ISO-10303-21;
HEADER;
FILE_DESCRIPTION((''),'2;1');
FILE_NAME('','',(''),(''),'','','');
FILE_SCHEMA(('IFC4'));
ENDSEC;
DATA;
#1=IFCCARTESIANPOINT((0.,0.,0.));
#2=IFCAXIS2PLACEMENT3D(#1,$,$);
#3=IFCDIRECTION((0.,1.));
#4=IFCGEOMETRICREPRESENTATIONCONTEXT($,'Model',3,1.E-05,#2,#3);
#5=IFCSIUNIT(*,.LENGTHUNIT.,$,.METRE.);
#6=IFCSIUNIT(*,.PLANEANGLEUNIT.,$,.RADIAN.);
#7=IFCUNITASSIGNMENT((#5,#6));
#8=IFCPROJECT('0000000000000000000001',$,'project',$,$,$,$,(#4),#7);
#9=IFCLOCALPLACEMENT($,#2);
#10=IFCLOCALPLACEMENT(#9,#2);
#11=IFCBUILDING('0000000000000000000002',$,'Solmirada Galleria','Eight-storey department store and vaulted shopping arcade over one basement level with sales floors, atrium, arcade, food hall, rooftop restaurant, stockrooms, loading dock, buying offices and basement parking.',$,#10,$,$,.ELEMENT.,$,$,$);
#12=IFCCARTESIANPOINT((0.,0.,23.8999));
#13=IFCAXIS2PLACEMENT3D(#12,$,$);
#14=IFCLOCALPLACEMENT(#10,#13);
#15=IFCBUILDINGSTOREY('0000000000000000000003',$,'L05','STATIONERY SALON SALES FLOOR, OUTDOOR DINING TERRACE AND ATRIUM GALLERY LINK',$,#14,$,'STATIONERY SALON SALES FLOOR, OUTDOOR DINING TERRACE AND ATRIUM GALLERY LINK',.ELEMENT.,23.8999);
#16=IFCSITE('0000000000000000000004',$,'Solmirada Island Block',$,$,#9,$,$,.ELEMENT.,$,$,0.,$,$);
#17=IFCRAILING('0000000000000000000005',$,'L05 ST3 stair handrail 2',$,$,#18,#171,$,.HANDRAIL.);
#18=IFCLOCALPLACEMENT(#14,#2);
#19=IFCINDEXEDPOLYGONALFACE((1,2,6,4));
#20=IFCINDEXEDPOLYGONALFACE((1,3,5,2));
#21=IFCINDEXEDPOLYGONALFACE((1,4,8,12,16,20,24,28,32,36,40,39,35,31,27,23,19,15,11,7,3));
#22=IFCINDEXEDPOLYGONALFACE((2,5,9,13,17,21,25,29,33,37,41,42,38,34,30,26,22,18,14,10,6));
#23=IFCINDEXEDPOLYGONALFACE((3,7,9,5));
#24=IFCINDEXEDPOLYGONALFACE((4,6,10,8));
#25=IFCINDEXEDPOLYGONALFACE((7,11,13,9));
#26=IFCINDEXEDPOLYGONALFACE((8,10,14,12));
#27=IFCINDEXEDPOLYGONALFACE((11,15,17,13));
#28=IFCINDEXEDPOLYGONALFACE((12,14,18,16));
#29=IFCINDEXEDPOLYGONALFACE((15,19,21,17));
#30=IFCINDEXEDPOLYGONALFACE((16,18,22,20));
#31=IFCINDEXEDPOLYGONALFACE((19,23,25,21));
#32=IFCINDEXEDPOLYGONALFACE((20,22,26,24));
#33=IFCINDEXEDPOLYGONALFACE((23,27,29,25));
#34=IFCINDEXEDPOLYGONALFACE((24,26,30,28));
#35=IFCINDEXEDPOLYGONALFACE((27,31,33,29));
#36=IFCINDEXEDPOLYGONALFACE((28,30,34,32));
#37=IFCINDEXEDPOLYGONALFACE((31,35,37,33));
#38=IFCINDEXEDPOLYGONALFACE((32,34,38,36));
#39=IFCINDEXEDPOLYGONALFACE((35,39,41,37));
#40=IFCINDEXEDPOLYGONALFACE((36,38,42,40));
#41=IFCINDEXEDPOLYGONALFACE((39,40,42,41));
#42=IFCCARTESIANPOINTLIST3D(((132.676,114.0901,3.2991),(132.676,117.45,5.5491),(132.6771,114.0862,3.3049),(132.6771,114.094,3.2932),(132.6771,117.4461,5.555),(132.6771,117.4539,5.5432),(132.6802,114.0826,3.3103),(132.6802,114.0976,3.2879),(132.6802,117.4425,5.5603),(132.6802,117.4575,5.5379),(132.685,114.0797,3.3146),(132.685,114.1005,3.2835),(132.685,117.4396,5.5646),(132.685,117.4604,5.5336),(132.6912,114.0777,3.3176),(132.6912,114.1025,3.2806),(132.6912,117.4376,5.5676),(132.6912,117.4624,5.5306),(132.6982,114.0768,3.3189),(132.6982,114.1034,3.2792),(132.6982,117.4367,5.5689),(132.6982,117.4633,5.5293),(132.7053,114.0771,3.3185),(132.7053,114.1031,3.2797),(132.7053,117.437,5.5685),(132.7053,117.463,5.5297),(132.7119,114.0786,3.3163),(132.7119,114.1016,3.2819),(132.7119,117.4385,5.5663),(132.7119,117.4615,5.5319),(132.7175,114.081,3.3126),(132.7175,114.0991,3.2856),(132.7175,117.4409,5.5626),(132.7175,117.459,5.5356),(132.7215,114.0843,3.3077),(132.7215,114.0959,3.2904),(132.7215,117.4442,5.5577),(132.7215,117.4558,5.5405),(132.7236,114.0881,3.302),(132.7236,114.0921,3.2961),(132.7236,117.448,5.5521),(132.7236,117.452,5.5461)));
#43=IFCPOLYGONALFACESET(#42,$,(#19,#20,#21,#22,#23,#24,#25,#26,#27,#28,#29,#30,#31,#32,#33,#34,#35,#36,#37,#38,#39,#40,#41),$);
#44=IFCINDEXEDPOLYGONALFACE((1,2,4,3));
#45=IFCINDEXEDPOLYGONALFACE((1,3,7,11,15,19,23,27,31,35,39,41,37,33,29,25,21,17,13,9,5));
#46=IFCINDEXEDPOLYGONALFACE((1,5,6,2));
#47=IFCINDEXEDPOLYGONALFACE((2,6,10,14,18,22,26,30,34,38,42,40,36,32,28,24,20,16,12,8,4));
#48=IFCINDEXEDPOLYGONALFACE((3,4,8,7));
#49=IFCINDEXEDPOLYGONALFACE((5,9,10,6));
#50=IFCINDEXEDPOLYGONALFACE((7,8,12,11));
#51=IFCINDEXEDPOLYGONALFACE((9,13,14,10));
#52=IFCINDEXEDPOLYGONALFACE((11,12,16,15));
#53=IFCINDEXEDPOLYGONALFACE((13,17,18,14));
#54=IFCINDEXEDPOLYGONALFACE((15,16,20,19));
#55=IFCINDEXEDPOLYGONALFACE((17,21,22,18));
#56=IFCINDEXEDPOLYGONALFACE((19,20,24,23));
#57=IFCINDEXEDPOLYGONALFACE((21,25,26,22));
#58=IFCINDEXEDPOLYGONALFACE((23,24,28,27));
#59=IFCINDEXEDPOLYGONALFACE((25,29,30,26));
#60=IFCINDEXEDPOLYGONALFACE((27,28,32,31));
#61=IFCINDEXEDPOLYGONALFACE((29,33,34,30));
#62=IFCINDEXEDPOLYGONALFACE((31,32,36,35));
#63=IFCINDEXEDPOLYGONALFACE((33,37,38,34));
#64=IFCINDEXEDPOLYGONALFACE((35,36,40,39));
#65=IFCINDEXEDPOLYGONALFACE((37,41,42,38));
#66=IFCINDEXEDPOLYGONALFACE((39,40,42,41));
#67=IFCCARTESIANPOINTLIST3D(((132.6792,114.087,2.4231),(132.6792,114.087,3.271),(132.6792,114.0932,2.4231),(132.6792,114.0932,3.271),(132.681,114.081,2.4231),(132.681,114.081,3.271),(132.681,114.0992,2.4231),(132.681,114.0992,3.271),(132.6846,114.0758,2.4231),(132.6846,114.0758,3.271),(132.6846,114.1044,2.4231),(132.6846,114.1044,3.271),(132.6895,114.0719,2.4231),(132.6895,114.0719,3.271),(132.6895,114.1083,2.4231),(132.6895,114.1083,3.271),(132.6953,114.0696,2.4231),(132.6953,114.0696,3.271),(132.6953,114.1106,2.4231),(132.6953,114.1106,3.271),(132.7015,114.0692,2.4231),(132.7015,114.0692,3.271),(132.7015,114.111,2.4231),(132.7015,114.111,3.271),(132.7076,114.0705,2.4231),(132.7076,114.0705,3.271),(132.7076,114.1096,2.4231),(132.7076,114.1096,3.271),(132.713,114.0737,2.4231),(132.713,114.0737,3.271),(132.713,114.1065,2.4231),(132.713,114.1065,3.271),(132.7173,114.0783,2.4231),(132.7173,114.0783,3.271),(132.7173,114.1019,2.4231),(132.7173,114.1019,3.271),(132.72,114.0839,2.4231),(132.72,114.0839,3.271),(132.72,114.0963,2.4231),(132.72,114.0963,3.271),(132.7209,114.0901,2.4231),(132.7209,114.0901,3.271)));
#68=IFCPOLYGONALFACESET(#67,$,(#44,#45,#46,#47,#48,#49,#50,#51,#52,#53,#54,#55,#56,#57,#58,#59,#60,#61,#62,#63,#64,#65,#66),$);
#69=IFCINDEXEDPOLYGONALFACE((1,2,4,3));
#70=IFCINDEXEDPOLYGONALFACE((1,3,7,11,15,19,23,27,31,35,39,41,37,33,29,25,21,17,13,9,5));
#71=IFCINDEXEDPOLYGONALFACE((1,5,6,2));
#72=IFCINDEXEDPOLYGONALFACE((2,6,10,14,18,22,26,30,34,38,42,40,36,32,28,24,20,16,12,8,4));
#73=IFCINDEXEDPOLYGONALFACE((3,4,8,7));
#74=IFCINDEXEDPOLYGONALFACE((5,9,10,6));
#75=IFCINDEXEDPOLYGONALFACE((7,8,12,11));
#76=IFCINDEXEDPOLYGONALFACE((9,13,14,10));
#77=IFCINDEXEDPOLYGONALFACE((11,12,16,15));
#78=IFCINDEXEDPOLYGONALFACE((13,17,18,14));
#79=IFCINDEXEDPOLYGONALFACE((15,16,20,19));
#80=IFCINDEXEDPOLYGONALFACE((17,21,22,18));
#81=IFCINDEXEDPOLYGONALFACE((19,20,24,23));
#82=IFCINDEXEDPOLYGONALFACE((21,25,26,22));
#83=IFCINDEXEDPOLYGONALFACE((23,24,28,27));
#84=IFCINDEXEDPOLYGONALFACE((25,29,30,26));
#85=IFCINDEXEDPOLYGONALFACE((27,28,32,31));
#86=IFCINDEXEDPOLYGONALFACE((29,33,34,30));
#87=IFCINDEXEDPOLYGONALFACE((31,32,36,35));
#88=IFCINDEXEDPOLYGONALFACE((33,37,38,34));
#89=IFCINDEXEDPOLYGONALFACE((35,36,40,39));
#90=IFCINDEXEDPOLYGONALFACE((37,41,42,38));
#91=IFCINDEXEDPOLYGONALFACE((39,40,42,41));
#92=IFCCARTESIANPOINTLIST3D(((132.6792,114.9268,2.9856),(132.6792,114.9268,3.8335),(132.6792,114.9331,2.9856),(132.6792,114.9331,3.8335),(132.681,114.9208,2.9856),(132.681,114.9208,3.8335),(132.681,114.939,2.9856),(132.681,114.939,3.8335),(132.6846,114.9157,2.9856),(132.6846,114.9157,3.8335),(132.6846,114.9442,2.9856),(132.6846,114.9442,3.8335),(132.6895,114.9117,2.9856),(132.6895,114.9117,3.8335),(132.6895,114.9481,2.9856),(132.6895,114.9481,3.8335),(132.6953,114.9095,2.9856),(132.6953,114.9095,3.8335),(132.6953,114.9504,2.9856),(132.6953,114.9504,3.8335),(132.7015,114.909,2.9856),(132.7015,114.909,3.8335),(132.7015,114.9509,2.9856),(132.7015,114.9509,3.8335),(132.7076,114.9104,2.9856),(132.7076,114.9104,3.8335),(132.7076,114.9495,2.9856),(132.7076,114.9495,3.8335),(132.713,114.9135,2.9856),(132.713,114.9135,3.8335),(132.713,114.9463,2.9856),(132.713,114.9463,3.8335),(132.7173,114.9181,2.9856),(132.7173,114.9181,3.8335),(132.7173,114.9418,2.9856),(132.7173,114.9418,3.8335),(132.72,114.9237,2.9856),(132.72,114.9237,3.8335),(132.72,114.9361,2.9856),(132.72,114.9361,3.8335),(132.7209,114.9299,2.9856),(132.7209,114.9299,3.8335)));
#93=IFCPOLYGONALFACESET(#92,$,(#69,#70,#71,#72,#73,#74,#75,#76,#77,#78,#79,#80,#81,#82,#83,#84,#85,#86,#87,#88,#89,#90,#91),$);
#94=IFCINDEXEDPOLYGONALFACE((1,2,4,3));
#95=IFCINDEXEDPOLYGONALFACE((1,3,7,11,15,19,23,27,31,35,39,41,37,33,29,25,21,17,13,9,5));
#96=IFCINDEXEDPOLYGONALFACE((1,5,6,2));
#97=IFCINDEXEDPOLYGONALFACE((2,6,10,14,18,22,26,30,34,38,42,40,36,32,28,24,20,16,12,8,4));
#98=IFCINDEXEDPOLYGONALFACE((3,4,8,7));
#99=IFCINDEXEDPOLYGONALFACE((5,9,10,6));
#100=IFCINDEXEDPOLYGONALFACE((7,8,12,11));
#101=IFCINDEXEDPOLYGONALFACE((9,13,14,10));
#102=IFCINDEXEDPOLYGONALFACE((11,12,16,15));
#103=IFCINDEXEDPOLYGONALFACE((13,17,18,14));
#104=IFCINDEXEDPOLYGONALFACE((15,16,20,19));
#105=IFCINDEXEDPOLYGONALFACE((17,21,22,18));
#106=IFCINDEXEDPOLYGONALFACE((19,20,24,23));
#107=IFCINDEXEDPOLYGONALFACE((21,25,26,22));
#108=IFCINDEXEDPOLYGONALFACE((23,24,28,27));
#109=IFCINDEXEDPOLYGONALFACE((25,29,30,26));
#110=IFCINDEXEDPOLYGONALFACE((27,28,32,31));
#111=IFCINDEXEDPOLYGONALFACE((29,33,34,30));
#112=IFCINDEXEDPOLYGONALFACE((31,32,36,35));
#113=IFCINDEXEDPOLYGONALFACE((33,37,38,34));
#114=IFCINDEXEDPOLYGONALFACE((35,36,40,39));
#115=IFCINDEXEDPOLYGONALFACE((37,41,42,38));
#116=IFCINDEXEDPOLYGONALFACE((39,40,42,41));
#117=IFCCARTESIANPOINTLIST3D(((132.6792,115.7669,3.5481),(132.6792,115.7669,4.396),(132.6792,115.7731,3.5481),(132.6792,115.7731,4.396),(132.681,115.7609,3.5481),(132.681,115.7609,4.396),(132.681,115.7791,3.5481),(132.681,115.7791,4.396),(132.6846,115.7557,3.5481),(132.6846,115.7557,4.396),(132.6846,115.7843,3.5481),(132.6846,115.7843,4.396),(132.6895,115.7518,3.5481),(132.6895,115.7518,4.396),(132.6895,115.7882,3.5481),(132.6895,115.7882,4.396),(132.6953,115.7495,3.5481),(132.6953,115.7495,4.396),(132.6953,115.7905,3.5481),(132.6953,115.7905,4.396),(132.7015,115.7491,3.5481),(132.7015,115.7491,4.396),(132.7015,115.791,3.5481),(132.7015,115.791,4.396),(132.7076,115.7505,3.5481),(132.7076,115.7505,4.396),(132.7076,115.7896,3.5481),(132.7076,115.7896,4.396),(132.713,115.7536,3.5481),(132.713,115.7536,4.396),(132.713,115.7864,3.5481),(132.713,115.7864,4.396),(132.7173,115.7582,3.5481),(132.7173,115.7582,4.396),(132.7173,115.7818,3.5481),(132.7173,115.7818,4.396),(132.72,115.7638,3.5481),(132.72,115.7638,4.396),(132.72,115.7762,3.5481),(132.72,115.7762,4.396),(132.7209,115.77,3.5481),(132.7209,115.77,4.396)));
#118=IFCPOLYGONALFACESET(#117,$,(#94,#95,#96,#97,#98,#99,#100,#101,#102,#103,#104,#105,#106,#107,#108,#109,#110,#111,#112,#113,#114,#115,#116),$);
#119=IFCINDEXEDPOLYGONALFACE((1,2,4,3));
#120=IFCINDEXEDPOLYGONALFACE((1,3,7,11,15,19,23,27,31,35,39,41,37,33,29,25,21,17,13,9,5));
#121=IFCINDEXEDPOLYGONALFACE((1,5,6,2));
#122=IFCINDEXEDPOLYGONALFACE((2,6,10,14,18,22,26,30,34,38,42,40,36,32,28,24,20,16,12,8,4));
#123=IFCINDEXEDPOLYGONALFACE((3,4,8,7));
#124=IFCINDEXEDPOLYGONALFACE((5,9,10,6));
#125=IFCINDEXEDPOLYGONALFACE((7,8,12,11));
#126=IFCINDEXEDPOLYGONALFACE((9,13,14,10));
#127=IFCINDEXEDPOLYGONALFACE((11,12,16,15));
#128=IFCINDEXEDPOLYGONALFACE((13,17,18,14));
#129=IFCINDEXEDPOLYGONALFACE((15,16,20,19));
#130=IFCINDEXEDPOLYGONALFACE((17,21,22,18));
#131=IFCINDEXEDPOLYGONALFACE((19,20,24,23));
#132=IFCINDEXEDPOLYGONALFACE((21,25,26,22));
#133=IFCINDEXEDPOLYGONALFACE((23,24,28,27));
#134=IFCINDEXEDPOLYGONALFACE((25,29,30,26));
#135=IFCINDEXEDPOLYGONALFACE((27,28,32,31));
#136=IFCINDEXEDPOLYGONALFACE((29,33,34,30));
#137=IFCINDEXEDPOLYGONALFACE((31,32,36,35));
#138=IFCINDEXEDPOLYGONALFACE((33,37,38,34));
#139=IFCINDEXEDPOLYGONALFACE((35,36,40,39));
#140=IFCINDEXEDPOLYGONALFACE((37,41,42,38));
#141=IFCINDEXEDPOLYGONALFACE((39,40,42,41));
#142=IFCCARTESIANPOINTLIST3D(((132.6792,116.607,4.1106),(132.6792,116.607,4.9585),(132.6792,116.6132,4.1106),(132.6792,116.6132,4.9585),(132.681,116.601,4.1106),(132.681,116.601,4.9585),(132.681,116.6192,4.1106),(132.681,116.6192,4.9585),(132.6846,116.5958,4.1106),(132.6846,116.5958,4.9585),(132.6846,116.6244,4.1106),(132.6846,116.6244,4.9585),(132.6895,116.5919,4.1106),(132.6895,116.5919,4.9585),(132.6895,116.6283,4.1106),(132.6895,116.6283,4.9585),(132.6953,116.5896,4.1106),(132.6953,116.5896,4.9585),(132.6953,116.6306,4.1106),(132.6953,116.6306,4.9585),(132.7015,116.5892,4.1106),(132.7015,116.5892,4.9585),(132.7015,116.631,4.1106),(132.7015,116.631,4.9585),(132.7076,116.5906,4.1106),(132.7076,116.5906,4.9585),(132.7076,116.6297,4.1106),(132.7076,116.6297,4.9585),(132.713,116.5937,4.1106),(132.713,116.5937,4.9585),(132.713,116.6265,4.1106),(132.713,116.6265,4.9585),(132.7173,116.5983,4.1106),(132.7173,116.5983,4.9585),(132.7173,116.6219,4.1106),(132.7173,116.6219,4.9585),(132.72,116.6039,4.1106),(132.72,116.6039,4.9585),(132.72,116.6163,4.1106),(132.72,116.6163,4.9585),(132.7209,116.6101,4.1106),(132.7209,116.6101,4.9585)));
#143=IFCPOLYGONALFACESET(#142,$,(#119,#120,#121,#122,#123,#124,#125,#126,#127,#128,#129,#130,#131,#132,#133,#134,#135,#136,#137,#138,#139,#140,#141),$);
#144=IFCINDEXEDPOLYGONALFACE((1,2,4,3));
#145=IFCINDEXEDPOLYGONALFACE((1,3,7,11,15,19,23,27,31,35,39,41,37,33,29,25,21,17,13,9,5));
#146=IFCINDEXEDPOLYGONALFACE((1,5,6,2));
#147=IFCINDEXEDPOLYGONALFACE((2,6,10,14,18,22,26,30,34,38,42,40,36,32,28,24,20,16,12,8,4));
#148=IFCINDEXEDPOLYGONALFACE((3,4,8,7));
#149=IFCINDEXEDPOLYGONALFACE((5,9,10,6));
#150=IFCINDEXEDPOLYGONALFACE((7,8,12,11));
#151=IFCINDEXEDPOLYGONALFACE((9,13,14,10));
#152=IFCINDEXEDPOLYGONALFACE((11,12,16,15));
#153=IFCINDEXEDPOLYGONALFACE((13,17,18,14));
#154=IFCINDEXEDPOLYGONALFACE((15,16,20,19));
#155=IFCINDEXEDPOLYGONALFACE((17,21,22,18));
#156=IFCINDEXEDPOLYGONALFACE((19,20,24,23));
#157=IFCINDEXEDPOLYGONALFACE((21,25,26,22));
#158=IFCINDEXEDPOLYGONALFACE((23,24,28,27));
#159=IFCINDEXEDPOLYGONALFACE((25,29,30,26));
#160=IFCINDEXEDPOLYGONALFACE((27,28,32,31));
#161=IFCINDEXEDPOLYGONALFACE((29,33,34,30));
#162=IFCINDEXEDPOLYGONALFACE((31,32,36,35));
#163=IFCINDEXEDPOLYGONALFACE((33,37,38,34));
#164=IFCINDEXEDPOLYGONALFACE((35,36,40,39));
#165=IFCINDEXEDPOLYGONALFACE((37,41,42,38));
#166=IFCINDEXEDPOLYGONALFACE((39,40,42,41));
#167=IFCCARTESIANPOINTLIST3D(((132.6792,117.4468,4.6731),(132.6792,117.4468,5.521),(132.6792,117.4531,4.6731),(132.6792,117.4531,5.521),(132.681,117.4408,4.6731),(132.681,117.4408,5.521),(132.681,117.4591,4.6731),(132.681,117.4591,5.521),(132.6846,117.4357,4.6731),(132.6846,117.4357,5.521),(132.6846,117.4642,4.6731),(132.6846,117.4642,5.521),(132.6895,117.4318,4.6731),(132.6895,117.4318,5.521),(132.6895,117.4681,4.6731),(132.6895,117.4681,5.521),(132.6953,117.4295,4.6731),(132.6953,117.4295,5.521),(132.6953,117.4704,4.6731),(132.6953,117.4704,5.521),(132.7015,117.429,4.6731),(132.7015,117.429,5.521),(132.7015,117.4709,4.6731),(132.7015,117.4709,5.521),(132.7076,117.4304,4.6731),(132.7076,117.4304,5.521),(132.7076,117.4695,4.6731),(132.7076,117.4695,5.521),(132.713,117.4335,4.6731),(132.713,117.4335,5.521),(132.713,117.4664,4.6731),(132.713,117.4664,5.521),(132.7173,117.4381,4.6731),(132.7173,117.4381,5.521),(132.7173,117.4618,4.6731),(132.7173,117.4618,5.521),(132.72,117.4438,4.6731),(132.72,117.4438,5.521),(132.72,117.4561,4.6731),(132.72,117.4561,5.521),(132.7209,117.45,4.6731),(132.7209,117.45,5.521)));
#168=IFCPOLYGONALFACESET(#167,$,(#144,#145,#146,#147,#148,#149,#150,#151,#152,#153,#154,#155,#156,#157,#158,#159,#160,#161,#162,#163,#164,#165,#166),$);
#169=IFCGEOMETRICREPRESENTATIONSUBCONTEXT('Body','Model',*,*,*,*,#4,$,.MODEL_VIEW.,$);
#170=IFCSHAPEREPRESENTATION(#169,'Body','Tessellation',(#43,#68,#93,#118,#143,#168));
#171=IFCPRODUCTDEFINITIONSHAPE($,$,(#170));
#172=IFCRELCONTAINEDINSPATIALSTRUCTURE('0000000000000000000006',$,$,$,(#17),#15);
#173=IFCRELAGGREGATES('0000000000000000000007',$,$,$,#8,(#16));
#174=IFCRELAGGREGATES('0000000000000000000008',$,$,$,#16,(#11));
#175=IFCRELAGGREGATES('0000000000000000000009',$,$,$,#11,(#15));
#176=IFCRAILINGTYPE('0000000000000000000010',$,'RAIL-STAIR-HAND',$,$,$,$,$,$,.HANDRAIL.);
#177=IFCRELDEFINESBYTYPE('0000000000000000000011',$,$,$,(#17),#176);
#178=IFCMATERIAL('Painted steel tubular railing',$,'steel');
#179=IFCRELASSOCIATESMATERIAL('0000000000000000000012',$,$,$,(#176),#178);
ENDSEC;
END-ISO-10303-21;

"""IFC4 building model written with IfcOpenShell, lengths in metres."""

from ifc_helpers import new_model, si_unit, direction, frame, origin, origin_2d, place, context, subcontext, project, spatial, circle, extrude, material, type_object, element, save


model = new_model("IFC4")

# Units and contexts
model_context = context("Model", 3, precision=1e-05, world=origin(), true_north=direction((0.0, 1.0)))
body_context = subcontext(model_context, "Body", "Model", "MODEL_VIEW")
ifc_project = project(units=[si_unit("LENGTHUNIT", "METRE"), si_unit("PLANEANGLEUNIT", "RADIAN")], contexts=[model_context])

# Site, building, storey
site_placement = place(None, origin())
site = spatial("IfcSite", under=ifc_project, at=site_placement, Name="Solmirada Island Block", CompositionType="ELEMENT", RefElevation=0.0)
building_placement = place(site_placement, origin())
building = spatial("IfcBuilding", under=site, at=building_placement, Name="Solmirada Galleria", Description="Eight-storey department store and vaulted shopping arcade over one basement level with sales floors, atrium, arcade, food hall, rooftop restaurant, stockrooms, loading dock, buying offices and basement parking.", CompositionType="ELEMENT")
storey_placement = place(building_placement, frame((0.0, 0.0, 23.8999)))
storey = spatial("IfcBuildingStorey", under=building, at=storey_placement, Name="L05", Description="STATIONERY SALON SALES FLOOR, OUTDOOR DINING TERRACE AND ATRIUM GALLERY LINK", LongName="STATIONERY SALON SALES FLOOR, OUTDOOR DINING TERRACE AND ATRIUM GALLERY LINK", CompositionType="ELEMENT", Elevation=23.8999)

# Railing
ifc_material_1 = material(Name="Painted steel tubular railing", Category="steel")
railing_type_1 = type_object("IfcRailingType", Name="RAIL-STAIR-HAND", PredefinedType="HANDRAIL", material=ifc_material_1)
railing_1_placement = place(storey_placement, frame((132.7, 114.0901, 2.4231)))
element("IfcRailing", 1, at=railing_1_placement, inside=storey, type_object=railing_type_1, Name="L05 ST3 stair handrail 2", PredefinedType="HANDRAIL", context=body_context, shape_type="SweptSolid", body=[
    extrude(circle(Radius=0.0239, at=origin_2d()), frame((0.0, 0.0, 0.876), z_axis=(0.0, 0.830897, 0.556427), x_axis=(-1.0, 0.0, 0.0)), (0.0, 0.0, 1.0), 4.0437),
    extrude(circle(Radius=0.021, at=origin_2d()), origin(), (0.0, 0.0, 1.0), 0.8479),
    extrude(circle(Radius=0.021, at=origin_2d()), frame((0.0, 0.8398, 0.5625)), (0.0, 0.0, 1.0), 0.8479),
    extrude(circle(Radius=0.021, at=origin_2d()), frame((0.0, 1.6799, 1.125)), (0.0, 0.0, 1.0), 0.8479),
    extrude(circle(Radius=0.021, at=origin_2d()), frame((0.0, 2.52, 1.6875)), (0.0, 0.0, 1.0), 0.8479),
    extrude(circle(Radius=0.021, at=origin_2d()), frame((0.0, 3.3599, 2.25)), (0.0, 0.0, 1.0), 0.8479),
])

save(model, "model.ifc")
